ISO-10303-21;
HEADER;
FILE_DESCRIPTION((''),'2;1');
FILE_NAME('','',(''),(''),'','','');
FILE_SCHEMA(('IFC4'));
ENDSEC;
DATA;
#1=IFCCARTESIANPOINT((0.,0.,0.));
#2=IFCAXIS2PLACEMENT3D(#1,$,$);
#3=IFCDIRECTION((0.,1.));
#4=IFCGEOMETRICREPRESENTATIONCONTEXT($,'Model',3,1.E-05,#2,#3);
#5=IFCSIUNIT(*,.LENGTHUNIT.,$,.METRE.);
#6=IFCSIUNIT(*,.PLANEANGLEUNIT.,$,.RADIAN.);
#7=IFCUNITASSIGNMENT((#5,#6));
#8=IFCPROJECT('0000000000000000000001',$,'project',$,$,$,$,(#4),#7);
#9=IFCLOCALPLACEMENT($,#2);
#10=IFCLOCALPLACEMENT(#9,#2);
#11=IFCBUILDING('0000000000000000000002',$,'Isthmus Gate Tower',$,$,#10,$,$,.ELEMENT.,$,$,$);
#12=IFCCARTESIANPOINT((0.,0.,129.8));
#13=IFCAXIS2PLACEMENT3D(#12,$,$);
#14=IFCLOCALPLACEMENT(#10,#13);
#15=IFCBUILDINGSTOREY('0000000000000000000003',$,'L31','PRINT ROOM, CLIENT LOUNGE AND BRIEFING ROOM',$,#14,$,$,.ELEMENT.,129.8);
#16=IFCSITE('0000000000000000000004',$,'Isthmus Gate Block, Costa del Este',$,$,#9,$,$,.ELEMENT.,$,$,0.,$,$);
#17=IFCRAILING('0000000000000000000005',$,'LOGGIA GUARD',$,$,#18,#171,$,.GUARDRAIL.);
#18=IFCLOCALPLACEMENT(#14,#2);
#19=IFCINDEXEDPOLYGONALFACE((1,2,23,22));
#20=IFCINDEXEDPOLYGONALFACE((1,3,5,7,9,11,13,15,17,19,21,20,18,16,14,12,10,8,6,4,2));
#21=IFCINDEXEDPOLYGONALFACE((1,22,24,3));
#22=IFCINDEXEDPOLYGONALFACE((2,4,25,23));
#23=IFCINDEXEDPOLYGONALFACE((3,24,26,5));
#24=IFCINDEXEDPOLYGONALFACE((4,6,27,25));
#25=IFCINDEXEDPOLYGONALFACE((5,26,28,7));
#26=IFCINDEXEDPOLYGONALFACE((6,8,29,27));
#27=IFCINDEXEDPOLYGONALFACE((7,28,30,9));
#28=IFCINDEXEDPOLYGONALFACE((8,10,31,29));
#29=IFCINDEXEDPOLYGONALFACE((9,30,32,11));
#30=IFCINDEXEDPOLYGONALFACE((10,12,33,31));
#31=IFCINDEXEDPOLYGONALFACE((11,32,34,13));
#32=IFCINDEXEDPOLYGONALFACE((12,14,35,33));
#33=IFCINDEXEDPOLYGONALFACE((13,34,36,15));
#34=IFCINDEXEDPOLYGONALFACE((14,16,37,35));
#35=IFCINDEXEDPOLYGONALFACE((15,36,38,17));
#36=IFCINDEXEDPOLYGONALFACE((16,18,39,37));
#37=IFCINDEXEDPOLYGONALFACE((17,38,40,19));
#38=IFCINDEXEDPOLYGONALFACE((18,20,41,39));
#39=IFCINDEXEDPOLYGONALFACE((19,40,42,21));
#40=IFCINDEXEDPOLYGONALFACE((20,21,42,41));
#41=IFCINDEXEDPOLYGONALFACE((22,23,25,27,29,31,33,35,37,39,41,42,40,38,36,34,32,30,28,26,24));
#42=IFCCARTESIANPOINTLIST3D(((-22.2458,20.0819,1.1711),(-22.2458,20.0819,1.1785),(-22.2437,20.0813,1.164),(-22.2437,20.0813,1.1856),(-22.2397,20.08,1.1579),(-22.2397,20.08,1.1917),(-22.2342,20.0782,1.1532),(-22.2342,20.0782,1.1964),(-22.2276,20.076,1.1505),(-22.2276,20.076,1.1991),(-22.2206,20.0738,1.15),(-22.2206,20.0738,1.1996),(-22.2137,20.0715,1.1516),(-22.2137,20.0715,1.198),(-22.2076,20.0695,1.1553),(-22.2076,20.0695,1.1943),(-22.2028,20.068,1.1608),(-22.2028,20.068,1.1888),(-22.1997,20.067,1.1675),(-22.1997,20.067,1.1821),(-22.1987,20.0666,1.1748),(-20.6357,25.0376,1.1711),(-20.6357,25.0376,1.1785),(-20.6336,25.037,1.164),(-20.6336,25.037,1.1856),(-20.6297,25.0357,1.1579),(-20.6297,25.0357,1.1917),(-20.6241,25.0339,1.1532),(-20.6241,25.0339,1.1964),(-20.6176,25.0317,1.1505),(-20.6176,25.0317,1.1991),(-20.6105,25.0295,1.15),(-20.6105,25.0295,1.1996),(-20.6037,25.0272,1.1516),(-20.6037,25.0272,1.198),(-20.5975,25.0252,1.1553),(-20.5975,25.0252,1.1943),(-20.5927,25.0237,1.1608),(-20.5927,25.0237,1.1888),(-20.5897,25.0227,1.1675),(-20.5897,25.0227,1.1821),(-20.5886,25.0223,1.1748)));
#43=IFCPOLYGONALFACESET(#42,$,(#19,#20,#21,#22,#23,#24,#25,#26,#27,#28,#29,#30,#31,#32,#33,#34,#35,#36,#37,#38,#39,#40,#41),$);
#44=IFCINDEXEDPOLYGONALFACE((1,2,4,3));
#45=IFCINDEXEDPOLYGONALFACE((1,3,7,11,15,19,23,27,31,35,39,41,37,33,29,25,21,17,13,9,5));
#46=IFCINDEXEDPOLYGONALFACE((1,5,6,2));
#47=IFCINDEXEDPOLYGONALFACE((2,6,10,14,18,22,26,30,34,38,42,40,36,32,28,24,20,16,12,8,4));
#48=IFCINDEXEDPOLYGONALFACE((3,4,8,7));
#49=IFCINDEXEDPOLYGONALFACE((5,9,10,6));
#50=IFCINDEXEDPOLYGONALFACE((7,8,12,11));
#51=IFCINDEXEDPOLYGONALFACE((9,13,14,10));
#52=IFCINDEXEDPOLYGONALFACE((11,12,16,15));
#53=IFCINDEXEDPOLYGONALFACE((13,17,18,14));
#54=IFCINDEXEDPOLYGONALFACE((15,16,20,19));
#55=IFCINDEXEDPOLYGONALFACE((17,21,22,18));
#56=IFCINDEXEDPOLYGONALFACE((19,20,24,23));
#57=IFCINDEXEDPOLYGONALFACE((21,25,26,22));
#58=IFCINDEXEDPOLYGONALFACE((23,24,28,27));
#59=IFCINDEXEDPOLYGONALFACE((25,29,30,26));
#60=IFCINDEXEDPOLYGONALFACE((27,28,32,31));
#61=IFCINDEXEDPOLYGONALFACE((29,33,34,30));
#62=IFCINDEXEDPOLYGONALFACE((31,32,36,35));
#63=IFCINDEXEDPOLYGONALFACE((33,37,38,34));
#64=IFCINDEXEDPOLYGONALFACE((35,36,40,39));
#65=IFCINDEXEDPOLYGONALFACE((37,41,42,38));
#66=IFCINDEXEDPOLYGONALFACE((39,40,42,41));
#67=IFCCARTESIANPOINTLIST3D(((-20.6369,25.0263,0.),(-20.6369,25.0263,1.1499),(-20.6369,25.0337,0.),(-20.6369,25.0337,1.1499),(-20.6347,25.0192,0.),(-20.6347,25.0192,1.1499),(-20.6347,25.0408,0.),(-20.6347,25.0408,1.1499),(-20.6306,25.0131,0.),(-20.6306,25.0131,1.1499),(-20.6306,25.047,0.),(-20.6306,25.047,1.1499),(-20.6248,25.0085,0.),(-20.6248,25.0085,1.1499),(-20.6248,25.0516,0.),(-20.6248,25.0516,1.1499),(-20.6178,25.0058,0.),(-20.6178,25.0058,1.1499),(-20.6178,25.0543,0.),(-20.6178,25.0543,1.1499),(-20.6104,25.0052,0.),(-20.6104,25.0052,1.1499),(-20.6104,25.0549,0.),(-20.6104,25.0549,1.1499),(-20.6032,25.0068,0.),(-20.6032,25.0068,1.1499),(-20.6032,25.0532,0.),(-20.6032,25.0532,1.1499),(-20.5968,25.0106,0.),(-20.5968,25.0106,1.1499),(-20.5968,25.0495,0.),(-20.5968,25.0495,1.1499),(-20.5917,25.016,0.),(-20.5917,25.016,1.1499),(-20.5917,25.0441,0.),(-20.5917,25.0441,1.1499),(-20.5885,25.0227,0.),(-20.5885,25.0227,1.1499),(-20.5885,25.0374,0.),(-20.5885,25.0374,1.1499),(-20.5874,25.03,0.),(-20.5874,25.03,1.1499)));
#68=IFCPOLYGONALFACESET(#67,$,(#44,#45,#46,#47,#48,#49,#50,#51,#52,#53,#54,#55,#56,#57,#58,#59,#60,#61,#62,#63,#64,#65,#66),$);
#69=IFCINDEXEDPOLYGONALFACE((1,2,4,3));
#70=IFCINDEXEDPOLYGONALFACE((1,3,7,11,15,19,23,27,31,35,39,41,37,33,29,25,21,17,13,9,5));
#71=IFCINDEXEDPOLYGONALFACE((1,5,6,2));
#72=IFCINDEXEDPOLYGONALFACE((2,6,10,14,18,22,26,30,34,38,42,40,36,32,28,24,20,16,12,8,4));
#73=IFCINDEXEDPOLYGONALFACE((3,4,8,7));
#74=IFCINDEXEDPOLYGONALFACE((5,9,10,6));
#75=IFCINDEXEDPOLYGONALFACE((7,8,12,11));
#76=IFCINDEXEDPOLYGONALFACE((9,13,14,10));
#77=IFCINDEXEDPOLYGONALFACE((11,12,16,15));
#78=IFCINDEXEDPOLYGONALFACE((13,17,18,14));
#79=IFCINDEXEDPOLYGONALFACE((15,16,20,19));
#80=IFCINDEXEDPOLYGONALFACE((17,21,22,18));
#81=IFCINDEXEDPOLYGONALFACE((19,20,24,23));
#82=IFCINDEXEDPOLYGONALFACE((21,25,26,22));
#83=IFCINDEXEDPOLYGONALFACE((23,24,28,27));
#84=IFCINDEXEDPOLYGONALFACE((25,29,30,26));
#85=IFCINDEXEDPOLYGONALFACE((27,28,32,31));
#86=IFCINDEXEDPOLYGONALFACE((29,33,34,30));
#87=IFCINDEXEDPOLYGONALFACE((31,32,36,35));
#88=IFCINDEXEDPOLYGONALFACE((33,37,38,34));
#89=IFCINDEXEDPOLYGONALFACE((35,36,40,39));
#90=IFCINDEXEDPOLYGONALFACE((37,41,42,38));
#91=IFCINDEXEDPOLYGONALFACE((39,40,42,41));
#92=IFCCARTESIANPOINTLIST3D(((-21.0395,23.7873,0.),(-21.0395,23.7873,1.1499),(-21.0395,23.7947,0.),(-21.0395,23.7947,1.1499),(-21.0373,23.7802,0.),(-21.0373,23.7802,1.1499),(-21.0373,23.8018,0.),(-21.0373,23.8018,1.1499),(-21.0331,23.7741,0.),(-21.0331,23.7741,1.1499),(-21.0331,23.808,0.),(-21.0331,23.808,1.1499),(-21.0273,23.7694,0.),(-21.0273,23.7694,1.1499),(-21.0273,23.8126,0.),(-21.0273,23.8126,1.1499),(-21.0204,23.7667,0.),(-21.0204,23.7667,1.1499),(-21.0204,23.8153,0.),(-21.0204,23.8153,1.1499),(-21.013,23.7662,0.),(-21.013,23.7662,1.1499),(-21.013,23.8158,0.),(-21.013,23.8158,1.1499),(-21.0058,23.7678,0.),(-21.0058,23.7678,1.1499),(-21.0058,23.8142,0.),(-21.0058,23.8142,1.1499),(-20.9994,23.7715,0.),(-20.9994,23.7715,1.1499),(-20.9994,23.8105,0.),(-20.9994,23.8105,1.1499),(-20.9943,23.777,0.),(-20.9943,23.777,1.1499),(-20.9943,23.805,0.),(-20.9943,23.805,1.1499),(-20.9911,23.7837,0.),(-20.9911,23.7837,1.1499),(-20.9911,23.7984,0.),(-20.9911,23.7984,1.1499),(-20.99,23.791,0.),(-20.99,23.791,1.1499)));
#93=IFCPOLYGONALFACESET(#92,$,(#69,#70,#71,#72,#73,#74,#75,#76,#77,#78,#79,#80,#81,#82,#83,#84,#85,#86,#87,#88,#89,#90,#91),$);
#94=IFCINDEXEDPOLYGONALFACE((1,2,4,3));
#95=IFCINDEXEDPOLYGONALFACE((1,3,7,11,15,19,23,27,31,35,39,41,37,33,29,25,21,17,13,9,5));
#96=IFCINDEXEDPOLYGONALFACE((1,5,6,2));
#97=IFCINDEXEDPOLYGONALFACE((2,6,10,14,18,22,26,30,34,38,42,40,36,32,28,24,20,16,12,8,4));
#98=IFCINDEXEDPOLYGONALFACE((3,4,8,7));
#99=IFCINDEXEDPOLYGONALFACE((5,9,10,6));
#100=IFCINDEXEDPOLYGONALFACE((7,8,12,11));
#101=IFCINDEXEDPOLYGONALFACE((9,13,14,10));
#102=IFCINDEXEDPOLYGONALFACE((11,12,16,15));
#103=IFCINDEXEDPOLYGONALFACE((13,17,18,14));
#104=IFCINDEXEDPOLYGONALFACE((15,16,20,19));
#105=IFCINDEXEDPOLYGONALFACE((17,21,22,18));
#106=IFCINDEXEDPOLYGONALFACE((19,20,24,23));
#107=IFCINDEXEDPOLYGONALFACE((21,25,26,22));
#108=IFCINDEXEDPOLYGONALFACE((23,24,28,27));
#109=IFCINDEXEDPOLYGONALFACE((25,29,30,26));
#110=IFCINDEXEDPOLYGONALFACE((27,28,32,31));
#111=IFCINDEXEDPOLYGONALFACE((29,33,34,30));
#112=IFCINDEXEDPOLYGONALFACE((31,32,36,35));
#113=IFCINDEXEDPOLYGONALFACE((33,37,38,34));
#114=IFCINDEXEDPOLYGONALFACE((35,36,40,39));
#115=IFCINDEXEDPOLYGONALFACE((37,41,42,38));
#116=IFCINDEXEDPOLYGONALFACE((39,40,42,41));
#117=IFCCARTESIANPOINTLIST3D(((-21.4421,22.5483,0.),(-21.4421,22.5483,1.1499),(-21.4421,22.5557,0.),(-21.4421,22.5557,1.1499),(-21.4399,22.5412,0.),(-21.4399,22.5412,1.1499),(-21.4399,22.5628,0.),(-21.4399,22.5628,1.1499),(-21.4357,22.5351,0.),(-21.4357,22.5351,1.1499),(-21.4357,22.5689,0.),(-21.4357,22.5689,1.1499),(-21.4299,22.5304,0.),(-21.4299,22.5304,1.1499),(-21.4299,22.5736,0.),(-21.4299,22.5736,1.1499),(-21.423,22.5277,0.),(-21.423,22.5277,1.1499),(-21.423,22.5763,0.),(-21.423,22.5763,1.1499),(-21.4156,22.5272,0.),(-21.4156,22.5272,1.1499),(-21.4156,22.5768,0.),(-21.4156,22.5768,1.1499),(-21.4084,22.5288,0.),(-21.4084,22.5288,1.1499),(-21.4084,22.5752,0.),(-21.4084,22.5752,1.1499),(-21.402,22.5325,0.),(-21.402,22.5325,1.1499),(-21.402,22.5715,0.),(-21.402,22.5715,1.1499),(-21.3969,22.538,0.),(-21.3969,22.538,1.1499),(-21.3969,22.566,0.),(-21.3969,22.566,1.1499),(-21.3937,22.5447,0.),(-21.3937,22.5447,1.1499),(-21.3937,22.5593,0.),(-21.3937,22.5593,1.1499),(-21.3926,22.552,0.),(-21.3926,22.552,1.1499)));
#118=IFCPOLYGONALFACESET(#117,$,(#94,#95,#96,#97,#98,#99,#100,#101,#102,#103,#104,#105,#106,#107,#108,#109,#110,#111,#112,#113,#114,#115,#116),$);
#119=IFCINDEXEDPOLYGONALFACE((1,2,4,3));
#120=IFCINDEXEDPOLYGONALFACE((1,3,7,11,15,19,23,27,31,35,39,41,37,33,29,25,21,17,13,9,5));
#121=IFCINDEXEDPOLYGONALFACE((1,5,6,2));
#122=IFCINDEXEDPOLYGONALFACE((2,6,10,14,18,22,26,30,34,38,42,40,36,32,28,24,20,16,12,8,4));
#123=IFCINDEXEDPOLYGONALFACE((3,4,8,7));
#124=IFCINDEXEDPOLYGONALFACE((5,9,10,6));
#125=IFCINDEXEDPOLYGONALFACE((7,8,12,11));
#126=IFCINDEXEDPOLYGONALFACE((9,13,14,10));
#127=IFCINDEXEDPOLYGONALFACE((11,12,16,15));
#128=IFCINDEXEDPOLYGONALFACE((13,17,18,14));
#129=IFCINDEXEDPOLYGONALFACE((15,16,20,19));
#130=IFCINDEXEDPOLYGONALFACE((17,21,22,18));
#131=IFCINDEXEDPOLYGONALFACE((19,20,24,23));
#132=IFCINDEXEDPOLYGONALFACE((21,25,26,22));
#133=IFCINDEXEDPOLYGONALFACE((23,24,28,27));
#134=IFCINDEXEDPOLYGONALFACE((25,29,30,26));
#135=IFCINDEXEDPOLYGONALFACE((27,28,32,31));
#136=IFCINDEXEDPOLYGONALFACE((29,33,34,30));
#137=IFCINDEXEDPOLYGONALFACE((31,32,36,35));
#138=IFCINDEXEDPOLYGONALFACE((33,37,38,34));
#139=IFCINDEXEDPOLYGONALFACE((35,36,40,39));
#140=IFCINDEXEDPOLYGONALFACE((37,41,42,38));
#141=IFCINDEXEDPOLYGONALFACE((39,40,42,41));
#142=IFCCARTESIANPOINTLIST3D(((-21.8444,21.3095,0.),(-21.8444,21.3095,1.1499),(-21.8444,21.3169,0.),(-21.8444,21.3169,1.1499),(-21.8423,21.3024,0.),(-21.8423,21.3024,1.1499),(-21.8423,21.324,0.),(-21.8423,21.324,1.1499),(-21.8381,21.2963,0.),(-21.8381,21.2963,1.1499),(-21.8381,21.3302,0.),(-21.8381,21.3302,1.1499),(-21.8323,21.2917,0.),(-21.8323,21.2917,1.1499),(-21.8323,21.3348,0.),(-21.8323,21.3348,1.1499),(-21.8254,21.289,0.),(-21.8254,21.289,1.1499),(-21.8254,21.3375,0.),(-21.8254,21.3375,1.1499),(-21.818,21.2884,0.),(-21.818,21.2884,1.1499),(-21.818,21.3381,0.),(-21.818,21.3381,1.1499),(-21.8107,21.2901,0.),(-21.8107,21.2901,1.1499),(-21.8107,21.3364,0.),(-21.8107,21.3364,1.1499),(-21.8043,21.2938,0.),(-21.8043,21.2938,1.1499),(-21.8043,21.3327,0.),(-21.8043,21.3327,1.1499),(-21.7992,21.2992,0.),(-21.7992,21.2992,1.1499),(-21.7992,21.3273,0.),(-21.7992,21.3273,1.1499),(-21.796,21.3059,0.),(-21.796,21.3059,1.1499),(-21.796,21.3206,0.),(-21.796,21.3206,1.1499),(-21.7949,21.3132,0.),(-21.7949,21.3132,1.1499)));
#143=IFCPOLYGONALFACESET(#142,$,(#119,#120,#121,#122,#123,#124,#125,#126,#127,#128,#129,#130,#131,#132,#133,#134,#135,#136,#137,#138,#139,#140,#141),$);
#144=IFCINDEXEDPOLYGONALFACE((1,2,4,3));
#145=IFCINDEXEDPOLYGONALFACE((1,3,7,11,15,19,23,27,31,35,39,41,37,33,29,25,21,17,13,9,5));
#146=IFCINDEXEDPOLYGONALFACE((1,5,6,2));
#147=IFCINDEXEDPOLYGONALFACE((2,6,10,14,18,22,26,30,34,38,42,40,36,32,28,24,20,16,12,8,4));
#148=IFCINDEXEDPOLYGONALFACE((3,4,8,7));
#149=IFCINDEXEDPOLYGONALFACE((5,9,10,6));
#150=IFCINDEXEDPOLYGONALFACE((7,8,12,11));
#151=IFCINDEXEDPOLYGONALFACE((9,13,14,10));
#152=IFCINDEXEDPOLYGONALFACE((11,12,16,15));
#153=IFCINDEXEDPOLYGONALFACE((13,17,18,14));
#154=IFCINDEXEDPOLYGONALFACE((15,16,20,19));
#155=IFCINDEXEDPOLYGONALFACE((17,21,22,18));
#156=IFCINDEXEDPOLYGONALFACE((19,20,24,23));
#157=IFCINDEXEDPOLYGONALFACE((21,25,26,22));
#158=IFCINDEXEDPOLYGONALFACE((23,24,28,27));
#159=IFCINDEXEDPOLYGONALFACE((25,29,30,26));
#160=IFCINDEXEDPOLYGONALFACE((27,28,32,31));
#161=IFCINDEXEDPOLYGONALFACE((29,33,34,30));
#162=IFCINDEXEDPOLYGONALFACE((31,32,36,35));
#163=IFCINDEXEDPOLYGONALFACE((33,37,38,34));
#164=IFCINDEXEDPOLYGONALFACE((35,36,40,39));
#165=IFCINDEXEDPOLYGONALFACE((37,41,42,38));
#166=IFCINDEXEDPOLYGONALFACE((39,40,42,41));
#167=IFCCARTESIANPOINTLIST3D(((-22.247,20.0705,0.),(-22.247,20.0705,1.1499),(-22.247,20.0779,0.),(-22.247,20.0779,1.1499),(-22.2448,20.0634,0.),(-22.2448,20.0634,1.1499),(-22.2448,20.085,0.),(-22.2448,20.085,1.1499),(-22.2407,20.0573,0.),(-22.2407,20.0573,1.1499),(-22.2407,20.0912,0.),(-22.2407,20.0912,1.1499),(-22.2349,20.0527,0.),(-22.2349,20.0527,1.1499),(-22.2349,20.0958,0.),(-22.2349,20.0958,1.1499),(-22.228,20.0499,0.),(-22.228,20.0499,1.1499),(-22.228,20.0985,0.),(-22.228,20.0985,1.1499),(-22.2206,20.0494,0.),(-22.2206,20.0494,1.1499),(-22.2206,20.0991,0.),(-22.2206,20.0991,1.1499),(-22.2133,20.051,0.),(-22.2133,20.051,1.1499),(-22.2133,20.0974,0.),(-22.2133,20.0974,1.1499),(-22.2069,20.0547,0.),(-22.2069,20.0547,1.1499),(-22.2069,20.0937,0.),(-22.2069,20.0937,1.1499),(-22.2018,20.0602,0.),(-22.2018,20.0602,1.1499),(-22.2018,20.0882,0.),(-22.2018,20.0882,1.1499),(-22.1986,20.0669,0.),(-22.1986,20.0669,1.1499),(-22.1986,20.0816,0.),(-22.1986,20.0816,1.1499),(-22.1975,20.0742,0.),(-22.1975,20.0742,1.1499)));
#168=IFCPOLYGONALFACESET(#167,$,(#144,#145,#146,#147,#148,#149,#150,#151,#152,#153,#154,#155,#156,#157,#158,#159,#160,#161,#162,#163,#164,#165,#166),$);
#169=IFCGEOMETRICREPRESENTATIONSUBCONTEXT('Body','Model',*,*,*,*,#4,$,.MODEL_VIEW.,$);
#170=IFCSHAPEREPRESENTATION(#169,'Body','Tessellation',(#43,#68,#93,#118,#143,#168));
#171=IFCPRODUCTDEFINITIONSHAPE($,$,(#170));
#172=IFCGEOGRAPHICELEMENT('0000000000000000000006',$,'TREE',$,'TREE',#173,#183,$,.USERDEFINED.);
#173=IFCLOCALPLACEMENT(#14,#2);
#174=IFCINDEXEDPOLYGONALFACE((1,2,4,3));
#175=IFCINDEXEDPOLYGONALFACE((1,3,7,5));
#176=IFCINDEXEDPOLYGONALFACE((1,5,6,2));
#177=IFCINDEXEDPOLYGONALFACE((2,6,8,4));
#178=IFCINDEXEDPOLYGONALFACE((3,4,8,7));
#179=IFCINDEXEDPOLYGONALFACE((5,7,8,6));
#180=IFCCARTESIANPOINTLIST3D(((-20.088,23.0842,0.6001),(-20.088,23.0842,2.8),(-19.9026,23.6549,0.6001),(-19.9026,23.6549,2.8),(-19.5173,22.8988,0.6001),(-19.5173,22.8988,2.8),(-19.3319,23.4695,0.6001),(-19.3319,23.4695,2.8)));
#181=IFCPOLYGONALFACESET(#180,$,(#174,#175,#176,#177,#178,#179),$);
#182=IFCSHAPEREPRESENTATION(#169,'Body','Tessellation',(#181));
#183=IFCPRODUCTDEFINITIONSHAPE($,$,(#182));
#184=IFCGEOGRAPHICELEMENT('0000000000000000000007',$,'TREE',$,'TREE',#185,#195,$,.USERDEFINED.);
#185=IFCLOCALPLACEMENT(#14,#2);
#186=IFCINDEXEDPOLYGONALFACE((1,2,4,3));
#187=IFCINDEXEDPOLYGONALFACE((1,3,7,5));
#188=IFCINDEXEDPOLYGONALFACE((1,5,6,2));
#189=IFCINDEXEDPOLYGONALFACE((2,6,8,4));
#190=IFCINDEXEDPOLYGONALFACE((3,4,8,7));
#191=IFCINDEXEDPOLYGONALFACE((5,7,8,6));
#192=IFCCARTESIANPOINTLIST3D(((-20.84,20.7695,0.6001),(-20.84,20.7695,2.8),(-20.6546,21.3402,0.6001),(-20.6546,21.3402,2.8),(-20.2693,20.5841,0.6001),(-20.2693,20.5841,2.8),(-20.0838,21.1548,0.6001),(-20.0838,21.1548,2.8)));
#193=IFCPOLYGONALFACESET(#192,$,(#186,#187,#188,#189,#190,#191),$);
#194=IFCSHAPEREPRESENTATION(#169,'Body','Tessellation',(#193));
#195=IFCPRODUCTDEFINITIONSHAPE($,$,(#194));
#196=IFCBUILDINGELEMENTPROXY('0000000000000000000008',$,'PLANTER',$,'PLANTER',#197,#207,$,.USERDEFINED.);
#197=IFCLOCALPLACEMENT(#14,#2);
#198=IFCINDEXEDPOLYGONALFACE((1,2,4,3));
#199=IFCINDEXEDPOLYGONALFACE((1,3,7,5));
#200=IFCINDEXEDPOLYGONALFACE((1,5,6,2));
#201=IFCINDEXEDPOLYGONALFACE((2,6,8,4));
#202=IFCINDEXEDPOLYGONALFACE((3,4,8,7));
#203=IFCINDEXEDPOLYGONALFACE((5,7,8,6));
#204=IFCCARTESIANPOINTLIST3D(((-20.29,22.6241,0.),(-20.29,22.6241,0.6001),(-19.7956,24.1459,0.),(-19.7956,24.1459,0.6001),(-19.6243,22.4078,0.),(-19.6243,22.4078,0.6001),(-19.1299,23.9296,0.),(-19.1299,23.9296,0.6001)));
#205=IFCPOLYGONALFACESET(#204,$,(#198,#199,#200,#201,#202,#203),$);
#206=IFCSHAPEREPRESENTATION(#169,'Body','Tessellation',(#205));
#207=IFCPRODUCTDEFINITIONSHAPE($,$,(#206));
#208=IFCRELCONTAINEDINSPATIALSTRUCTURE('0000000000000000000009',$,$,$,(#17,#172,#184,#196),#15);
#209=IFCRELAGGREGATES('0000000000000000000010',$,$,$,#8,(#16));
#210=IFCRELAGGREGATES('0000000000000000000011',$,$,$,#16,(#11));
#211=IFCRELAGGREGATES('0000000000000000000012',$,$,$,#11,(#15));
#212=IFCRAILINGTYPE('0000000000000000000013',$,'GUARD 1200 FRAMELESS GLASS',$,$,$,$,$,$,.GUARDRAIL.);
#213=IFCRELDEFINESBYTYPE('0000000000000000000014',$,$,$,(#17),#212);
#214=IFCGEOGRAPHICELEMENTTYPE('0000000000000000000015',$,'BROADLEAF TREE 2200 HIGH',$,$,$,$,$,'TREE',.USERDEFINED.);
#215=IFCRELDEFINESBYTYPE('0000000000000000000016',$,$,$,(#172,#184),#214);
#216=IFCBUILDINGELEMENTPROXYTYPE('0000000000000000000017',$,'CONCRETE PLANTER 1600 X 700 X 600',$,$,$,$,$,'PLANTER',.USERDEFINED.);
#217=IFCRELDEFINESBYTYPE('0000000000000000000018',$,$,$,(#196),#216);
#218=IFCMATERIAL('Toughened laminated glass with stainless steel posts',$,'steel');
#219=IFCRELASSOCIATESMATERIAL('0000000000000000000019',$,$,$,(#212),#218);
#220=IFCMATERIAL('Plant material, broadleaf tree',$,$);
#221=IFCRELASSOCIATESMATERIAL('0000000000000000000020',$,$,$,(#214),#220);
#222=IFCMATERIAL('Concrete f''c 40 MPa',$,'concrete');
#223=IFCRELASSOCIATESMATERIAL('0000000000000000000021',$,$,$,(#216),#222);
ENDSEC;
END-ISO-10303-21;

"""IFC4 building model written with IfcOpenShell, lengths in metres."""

from ifc_helpers import new_model, si_unit, direction, frame, origin, origin_2d, place, context, subcontext, project, spatial, rectangle, circle, extrude, material, type_object, element, save


model = new_model("IFC4")

# Units and contexts
model_context = context("Model", 3, precision=1e-05, world=origin(), true_north=direction((0.0, 1.0)))
body_context = subcontext(model_context, "Body", "Model", "MODEL_VIEW")
ifc_project = project(units=[si_unit("LENGTHUNIT", "METRE"), si_unit("PLANEANGLEUNIT", "RADIAN")], contexts=[model_context])

# Site, building, storey
site_placement = place(None, origin())
site = spatial("IfcSite", under=ifc_project, at=site_placement, Name="Isthmus Gate Block, Costa del Este", CompositionType="ELEMENT", RefElevation=0.0)
building_placement = place(site_placement, origin())
building = spatial("IfcBuilding", under=site, at=building_placement, Name="Isthmus Gate Tower", CompositionType="ELEMENT")
storey_placement = place(building_placement, frame((0.0, 0.0, 129.8)))
storey = spatial("IfcBuildingStorey", under=building, at=storey_placement, Name="L31", Description="PRINT ROOM, CLIENT LOUNGE AND BRIEFING ROOM", CompositionType="ELEMENT", Elevation=129.8)

# Railing
ifc_material_1 = material(Name="Toughened laminated glass with stainless steel posts", Category="steel")
railing_type = type_object("IfcRailingType", Name="GUARD 1200 FRAMELESS GLASS", PredefinedType="GUARDRAIL", material=ifc_material_1)
railing_placement = place(storey_placement, frame((-20.6123, 25.03, 0.0)))
element("IfcRailing", 1, at=railing_placement, inside=storey, type_object=railing_type, Name="LOGGIA GUARD", PredefinedType="GUARDRAIL", context=body_context, shape_type="SweptSolid", body=[
    extrude(circle(Radius=0.0249, at=origin_2d()), frame((0.0, 0.0, 1.1748), z_axis=(-0.308994, -0.951064, 0.0), x_axis=(0.951064, -0.308994, 0.0)), (0.0, 0.0, 1.0), 5.2107),
    extrude(circle(Radius=0.0249, at=origin_2d()), origin(), (0.0, 0.0, 1.0), 1.1499),
    extrude(circle(Radius=0.0249, at=origin_2d()), frame((-0.4026, -1.239, 0.0)), (0.0, 0.0, 1.0), 1.1499),
    extrude(circle(Radius=0.0249, at=origin_2d()), frame((-0.8052, -2.478, 0.0)), (0.0, 0.0, 1.0), 1.1499),
    extrude(circle(Radius=0.0249, at=origin_2d()), frame((-1.2075, -3.7168, 0.0)), (0.0, 0.0, 1.0), 1.1499),
    extrude(circle(Radius=0.0249, at=origin_2d()), frame((-1.6101, -4.9558, 0.0)), (0.0, 0.0, 1.0), 1.1499),
])

# Geographic elements
ifc_material_2 = material(Name="Plant material, broadleaf tree")
geographic_element_type = type_object("IfcGeographicElementType", Name="BROADLEAF TREE 2200 HIGH", ElementType="TREE", PredefinedType="USERDEFINED", material=ifc_material_2)
for number, where, z_axis, x_axis, name in (
    (2, (-19.71, 23.2769, 0.6001), (0.0, 0.0, 1.0), (-0.309017, -0.951057, 0.0), "TREE"),
    (3, (-20.4619, 20.9622, 0.6001), (0.0, 0.0, 1.0), (-0.309017, -0.951057, 0.0), "TREE"),
):
    element("IfcGeographicElement", number, at=place(storey_placement, frame(where, z_axis=z_axis, x_axis=x_axis)), inside=storey, type_object=geographic_element_type, Name=name, ObjectType="TREE", PredefinedType="USERDEFINED", context=body_context, shape_type="SweptSolid", body=[
        extrude(rectangle(XDim=0.6001, YDim=0.6001, at=origin_2d()), origin(), (0.0, 0.0, 1.0), 2.2),
    ])

# Building element proxy
ifc_material_3 = material(Name="Concrete f'c 40 MPa", Category="concrete")
building_element_proxy_type = type_object("IfcBuildingElementProxyType", Name="CONCRETE PLANTER 1600 X 700 X 600", ElementType="PLANTER", PredefinedType="USERDEFINED", material=ifc_material_3)
for number, where, z_axis, x_axis, name in (
    (4, (-19.71, 23.2769, 0.0), (0.0, 0.0, 1.0), (-0.309017, -0.951057, 0.0), "PLANTER"),
):
    element("IfcBuildingElementProxy", number, at=place(storey_placement, frame(where, z_axis=z_axis, x_axis=x_axis)), inside=storey, type_object=building_element_proxy_type, Name=name, ObjectType="PLANTER", PredefinedType="USERDEFINED", context=body_context, shape_type="SweptSolid", body=[
        extrude(rectangle(XDim=1.6001, YDim=0.7, at=origin_2d()), origin(), (0.0, 0.0, 1.0), 0.6001),
    ])

save(model, "model.ifc")
